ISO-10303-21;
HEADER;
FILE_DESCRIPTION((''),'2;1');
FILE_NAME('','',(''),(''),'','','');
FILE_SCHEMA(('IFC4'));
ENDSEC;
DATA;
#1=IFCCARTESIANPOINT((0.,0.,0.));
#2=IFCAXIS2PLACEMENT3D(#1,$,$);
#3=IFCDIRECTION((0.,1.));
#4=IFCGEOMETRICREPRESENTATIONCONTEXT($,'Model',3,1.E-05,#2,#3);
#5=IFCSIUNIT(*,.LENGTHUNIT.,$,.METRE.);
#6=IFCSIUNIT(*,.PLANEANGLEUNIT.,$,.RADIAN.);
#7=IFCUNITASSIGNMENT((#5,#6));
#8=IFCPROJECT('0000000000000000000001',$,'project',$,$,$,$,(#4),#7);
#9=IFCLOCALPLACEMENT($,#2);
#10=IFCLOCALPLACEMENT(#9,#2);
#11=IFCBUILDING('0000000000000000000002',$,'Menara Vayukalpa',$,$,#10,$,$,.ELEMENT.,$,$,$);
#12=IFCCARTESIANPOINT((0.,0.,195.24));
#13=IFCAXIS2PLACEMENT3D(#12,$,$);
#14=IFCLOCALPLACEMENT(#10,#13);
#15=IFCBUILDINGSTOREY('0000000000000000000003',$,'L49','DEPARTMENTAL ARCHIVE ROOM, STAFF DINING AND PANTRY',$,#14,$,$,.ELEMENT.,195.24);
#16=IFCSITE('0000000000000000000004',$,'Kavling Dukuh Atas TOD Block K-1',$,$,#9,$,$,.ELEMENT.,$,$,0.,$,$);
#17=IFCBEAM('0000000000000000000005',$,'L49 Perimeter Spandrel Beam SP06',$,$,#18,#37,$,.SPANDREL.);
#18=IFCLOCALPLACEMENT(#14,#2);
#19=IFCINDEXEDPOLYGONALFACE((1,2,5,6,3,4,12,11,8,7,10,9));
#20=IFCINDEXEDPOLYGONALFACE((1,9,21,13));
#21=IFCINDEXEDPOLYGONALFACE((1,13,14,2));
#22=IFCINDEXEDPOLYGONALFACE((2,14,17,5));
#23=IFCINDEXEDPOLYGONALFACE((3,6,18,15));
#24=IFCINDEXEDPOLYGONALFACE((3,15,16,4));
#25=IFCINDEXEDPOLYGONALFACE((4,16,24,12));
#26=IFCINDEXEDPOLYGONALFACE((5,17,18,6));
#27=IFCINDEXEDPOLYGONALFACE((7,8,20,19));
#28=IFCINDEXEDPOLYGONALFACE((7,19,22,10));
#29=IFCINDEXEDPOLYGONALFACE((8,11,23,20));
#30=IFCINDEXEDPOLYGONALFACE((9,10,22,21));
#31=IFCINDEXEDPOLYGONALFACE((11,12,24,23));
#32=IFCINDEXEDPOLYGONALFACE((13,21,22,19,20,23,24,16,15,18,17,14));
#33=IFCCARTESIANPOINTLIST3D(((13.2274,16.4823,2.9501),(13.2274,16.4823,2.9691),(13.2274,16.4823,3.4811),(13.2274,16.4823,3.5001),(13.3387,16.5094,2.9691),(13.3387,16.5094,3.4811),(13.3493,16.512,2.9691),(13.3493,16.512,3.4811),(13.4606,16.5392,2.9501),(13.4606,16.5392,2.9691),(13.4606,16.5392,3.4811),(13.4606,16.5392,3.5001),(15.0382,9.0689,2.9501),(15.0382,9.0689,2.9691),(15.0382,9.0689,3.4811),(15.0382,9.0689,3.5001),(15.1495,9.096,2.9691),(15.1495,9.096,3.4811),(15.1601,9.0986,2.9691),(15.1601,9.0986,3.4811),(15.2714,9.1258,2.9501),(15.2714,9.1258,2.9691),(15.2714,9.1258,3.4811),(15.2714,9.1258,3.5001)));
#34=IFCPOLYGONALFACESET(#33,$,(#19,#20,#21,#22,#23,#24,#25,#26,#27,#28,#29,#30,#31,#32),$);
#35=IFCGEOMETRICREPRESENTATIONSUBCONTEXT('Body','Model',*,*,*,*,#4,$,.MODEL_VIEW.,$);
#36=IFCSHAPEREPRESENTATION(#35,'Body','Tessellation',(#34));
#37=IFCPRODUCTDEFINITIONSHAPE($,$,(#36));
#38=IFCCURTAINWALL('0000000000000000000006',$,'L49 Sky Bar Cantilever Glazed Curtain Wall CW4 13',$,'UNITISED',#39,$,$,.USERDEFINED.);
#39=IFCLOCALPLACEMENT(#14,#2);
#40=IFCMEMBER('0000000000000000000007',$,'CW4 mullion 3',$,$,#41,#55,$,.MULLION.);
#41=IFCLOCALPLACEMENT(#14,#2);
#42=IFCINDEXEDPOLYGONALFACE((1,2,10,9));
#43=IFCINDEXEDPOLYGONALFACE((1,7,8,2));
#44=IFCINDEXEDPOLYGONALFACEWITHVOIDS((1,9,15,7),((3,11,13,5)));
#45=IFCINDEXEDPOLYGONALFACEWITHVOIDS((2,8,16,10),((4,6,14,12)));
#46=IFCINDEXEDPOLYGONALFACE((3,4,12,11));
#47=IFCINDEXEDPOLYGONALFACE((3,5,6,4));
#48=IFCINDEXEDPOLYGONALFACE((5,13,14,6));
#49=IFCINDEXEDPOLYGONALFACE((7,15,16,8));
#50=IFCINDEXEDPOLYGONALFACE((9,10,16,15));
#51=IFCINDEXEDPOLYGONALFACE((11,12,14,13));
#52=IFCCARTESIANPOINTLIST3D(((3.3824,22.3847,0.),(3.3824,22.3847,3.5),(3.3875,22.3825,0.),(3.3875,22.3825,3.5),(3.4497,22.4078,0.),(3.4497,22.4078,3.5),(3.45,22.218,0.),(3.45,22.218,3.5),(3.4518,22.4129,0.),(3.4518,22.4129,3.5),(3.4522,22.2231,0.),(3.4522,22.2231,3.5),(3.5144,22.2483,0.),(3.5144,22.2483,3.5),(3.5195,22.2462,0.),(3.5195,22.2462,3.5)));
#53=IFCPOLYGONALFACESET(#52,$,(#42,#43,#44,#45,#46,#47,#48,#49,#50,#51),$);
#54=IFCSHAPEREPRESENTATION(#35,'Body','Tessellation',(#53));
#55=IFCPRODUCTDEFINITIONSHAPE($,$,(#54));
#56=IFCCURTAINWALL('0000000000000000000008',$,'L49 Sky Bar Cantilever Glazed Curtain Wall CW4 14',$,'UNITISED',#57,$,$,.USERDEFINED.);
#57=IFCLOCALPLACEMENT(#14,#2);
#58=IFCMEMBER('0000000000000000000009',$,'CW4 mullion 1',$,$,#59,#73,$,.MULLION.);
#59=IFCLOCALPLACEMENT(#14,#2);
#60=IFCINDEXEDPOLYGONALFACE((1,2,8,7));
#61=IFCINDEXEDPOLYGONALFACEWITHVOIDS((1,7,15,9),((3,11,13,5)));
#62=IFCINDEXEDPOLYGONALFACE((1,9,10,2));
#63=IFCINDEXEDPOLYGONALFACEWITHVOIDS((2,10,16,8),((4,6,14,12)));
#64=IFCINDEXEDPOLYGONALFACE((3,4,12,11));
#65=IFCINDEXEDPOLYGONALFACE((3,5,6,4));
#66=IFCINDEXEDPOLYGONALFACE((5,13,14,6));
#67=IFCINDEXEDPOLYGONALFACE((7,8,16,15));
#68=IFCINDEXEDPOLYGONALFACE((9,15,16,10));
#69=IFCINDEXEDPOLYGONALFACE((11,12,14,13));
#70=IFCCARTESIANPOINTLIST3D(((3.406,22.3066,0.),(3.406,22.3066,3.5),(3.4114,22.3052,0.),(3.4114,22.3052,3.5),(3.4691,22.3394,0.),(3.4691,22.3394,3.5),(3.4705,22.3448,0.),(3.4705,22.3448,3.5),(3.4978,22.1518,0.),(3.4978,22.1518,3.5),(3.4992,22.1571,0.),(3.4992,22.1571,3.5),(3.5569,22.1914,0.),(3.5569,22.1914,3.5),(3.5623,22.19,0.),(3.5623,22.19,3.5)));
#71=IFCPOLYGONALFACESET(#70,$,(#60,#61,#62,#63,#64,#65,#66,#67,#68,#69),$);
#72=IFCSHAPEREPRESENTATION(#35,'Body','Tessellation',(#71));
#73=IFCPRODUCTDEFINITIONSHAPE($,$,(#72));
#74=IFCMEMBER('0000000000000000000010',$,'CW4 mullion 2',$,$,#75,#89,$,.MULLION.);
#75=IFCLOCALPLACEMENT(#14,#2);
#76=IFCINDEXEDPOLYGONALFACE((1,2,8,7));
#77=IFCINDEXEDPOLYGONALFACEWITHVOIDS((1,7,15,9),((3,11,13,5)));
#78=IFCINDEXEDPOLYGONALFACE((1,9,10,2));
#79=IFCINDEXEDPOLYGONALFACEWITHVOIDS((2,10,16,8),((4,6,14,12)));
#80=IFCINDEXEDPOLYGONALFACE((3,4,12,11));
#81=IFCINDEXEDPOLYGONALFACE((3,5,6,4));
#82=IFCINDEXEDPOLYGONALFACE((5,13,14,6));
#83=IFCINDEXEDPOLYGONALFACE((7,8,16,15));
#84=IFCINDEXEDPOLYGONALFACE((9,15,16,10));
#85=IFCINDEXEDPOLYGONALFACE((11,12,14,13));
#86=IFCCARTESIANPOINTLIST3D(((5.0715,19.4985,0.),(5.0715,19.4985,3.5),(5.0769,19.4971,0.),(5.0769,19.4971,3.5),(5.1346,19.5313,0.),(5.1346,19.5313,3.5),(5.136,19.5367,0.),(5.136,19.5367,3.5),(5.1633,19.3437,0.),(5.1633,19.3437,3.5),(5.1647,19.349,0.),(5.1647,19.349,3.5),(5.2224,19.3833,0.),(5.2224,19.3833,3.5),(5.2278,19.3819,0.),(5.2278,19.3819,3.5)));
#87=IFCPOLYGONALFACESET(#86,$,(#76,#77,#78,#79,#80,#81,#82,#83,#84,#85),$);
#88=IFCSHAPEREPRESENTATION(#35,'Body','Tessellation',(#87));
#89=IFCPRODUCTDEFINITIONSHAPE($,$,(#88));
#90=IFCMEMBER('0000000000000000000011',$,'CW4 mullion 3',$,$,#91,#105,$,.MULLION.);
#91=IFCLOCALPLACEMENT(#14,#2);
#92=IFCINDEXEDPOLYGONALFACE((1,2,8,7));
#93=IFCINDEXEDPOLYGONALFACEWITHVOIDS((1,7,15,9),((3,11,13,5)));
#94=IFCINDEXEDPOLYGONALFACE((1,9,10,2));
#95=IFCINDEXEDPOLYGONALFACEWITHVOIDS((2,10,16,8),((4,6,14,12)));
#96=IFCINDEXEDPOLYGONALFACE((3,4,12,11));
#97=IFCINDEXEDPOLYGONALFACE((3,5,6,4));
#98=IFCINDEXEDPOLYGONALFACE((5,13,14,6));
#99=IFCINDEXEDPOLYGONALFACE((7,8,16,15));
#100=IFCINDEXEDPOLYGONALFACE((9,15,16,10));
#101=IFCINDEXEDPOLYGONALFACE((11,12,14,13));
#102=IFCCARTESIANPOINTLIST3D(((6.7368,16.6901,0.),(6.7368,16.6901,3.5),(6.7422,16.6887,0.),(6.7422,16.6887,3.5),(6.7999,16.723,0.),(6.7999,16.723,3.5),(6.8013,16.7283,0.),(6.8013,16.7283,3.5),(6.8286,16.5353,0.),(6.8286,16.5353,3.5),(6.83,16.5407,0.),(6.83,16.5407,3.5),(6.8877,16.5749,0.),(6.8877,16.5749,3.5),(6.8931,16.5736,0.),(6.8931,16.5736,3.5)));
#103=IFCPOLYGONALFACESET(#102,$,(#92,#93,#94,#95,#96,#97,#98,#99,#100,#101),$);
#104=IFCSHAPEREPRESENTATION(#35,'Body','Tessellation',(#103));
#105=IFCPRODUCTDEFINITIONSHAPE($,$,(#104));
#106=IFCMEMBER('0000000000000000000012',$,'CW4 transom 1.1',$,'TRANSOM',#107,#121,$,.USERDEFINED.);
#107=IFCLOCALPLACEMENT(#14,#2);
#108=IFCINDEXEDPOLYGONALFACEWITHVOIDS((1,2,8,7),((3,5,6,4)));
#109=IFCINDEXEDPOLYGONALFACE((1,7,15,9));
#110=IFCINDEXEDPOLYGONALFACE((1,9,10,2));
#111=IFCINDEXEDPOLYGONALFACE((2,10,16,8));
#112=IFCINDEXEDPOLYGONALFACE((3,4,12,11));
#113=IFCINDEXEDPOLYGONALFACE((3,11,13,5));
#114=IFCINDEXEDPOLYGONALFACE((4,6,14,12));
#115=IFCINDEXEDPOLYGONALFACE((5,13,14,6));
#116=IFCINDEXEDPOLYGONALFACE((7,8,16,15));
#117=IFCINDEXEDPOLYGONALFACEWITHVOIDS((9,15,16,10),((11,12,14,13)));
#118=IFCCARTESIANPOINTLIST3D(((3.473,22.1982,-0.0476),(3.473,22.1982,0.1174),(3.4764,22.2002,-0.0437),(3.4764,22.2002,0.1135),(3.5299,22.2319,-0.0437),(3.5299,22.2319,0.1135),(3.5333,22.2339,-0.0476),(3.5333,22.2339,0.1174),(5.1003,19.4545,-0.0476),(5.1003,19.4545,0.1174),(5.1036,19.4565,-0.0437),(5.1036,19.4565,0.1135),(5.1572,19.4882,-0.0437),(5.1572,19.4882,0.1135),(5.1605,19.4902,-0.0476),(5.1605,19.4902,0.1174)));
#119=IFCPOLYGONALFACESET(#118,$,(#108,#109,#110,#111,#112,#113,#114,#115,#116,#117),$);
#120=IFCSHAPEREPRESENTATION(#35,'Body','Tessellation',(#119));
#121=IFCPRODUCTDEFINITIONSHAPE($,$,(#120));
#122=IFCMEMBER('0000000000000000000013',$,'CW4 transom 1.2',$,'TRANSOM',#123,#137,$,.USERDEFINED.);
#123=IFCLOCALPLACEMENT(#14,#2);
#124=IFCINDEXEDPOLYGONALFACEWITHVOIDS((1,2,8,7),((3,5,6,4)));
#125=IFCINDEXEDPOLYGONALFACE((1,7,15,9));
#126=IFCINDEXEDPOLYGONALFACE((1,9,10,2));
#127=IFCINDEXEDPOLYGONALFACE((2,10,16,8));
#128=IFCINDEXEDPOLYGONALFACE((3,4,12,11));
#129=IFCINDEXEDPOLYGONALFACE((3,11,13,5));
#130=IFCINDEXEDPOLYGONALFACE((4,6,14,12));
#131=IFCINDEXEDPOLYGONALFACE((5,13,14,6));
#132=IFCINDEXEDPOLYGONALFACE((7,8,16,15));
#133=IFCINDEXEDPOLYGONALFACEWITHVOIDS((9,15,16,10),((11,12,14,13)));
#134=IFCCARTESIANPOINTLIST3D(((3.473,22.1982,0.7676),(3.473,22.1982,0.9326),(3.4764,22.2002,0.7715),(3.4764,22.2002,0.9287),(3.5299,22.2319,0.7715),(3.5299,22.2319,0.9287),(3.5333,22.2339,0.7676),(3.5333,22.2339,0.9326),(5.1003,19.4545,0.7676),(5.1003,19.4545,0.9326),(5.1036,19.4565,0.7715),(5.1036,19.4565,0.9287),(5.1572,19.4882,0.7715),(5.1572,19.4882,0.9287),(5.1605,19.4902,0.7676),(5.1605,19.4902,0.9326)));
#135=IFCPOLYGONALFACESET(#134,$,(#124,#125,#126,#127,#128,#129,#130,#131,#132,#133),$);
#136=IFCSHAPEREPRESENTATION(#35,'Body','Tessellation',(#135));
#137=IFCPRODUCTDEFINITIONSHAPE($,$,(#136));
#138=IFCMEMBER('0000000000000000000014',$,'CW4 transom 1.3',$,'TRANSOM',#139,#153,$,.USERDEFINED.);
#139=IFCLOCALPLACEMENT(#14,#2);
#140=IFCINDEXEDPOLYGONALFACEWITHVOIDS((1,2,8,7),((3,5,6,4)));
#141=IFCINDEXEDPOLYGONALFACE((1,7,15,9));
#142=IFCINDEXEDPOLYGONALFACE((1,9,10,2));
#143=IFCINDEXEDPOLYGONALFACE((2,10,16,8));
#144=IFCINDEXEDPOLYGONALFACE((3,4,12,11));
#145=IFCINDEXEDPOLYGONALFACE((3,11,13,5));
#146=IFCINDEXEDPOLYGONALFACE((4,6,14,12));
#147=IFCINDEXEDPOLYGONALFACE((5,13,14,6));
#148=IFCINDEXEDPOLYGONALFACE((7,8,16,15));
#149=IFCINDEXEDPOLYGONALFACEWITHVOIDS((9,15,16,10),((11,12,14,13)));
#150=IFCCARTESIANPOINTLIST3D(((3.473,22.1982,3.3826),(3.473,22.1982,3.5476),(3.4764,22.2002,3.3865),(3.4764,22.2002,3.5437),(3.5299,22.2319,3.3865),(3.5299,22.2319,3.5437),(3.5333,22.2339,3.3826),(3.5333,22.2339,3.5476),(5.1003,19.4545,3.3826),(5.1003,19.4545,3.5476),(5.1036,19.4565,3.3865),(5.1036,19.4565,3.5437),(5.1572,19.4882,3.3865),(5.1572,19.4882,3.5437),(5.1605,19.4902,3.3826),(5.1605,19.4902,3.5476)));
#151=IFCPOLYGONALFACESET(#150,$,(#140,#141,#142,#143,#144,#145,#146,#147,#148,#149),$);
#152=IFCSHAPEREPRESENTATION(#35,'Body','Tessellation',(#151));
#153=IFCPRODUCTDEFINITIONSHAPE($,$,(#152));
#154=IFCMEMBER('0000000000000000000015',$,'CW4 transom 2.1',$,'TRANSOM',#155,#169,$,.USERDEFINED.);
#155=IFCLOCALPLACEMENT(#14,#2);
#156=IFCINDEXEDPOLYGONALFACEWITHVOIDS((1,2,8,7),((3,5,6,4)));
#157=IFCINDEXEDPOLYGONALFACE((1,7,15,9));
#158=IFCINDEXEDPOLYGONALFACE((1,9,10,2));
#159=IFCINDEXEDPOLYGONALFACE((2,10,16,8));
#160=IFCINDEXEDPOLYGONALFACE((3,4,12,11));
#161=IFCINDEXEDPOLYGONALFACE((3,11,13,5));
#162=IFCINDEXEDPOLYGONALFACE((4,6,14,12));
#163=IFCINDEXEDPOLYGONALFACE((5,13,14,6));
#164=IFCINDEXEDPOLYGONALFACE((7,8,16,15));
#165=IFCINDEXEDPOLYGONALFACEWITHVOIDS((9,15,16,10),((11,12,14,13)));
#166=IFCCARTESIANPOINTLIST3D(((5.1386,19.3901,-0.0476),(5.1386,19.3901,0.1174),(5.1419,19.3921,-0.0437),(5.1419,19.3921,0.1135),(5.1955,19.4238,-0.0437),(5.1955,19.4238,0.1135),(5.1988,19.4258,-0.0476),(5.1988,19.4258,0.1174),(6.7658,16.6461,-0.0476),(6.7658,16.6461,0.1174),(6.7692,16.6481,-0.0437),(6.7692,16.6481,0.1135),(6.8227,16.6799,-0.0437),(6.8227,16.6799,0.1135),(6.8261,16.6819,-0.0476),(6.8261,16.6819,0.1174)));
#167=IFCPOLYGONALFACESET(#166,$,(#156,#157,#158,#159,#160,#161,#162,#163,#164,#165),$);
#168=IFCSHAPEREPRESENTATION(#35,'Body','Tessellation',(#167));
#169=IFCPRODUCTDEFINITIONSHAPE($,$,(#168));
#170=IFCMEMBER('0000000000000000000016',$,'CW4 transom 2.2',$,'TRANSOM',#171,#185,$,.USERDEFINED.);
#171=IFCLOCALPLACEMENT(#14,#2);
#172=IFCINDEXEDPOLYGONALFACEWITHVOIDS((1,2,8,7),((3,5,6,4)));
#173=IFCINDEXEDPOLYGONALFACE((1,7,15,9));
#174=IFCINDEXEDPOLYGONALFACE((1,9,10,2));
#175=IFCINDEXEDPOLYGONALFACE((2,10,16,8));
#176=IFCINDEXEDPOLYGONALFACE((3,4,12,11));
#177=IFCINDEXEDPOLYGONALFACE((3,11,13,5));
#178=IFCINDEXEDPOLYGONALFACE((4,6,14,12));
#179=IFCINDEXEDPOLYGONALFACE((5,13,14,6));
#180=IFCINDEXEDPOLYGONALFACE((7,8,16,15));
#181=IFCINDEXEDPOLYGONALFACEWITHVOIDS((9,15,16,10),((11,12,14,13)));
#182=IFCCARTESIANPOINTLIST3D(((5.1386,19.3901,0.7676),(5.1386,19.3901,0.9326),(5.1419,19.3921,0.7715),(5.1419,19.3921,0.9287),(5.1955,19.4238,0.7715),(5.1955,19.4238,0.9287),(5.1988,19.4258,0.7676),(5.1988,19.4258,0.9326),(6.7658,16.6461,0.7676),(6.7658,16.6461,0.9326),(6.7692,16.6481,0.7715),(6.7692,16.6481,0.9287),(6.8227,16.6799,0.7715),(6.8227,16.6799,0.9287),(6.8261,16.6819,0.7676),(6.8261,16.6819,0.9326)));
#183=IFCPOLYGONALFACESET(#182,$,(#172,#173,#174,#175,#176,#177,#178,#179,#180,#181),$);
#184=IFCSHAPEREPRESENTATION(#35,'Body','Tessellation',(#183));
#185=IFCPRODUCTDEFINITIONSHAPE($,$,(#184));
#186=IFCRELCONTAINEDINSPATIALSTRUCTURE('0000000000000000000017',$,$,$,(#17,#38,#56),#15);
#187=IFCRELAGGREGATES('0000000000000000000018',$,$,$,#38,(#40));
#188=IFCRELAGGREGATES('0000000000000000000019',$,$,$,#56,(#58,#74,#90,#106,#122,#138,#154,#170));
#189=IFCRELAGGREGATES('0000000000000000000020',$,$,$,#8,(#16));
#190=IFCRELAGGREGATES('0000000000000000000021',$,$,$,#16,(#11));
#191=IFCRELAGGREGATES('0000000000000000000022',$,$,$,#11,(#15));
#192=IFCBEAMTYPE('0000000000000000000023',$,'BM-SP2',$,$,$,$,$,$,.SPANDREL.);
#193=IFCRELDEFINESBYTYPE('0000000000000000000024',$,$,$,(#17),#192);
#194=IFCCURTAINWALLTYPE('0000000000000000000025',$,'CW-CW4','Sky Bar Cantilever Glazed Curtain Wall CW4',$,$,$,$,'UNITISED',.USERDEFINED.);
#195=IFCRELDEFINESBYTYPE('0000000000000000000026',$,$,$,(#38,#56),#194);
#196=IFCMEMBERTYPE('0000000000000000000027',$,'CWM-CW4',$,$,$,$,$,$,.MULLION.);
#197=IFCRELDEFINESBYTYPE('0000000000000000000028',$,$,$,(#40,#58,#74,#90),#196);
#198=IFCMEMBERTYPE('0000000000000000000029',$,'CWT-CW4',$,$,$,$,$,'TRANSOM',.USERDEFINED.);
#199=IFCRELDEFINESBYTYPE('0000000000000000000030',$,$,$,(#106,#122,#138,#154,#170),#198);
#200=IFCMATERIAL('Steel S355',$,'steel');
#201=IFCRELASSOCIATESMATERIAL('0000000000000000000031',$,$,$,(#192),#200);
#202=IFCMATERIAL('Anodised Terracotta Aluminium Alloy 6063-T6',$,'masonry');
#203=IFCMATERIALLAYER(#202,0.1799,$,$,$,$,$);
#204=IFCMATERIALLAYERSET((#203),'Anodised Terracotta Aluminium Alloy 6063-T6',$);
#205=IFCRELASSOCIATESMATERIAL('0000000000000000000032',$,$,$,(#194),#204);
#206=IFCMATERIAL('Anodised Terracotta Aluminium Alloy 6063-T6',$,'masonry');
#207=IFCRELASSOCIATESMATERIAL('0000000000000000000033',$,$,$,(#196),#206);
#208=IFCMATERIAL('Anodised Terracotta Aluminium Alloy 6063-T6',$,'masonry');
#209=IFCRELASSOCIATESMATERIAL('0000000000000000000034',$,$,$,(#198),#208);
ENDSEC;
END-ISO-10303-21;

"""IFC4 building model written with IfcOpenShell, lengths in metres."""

from ifc_helpers import new_model, si_unit, direction, frame, origin, origin_2d, place, context, subcontext, project, spatial, hollow_rectangle, i_section, extrude, material, layer, layer_set, material_profile, profile_set, type_object, element, aggregate, save


model = new_model("IFC4")

# Units and contexts
model_context = context("Model", 3, precision=1e-05, world=origin(), true_north=direction((0.0, 1.0)))
body_context = subcontext(model_context, "Body", "Model", "MODEL_VIEW")
ifc_project = project(units=[si_unit("LENGTHUNIT", "METRE"), si_unit("PLANEANGLEUNIT", "RADIAN")], contexts=[model_context])

# Site, building, storey
site_placement = place(None, origin())
site = spatial("IfcSite", under=ifc_project, at=site_placement, Name="Kavling Dukuh Atas TOD Block K-1", CompositionType="ELEMENT", RefElevation=0.0)
building_placement = place(site_placement, origin())
building = spatial("IfcBuilding", under=site, at=building_placement, Name="Menara Vayukalpa", CompositionType="ELEMENT")
storey_placement = place(building_placement, frame((0.0, 0.0, 195.24)))
storey = spatial("IfcBuildingStorey", under=building, at=storey_placement, Name="L49", Description="DEPARTMENTAL ARCHIVE ROOM, STAFF DINING AND PANTRY", CompositionType="ELEMENT", Elevation=195.24)

# Beam
ifc_material_1 = material(Name="Steel S355", Category="steel")
ifc_material_profile_1 = material_profile(ifc_material_1, i_section(OverallWidth=0.24, OverallDepth=0.55, WebThickness=0.011, FlangeThickness=0.019, at=origin_2d()), Name="WF 550x240x11x19")
ifc_profile_set_1 = profile_set([ifc_material_profile_1], Name="Steel S355")
beam_type_1 = type_object("IfcBeamType", Name="BM-SP2", PredefinedType="SPANDREL", material=ifc_profile_set_1)
beam_1_placement = place(storey_placement, frame((13.344, 16.5107, 3.2251), z_axis=(0.237285, -0.97144, 0.0), x_axis=(0.97144, 0.237285, 0.0)))
element("IfcBeam", 1, at=beam_1_placement, inside=storey, type_object=beam_type_1, Name="L49 Perimeter Spandrel Beam SP06", PredefinedType="SPANDREL", context=body_context, shape_type="SweptSolid", body=[
    extrude(i_section(OverallWidth=0.24, OverallDepth=0.55, WebThickness=0.011, FlangeThickness=0.019, at=origin_2d()), origin(), (0.0, 0.0, 1.0), 7.6313),
])

# Curtain wall, member
ifc_material_2 = material(Name="Anodised Terracotta Aluminium Alloy 6063-T6", Category="masonry")
ifc_layer_1 = layer(ifc_material_2, 0.1799)
ifc_layer_set_1 = layer_set([ifc_layer_1], Name="Anodised Terracotta Aluminium Alloy 6063-T6")
curtain_wall_type = type_object("IfcCurtainWallType", Name="CW-CW4", Description="Sky Bar Cantilever Glazed Curtain Wall CW4", ElementType="UNITISED", PredefinedType="USERDEFINED", material=ifc_layer_set_1)
curtain_wall_1_placement = place(storey_placement, origin())
curtain_wall_1 = element("IfcCurtainWall", 2, at=curtain_wall_1_placement, inside=storey, type_object=curtain_wall_type, Name="L49 Sky Bar Cantilever Glazed Curtain Wall CW4 13", ObjectType="UNITISED", PredefinedType="USERDEFINED")
ifc_material_3 = material(Name="Anodised Terracotta Aluminium Alloy 6063-T6", Category="masonry")
ifc_material_profile_2 = material_profile(ifc_material_3, hollow_rectangle(XDim=0.075, YDim=0.1799, WallThickness=0.0039, at=origin_2d()), Name="ALU 75x180x4")
ifc_profile_set_2 = profile_set([ifc_material_profile_2], Name="Anodised Terracotta Aluminium Alloy 6063-T6")
member_type_1 = type_object("IfcMemberType", Name="CWM-CW4", PredefinedType="MULLION", material=ifc_profile_set_2)
member_1_placement = place(storey_placement, frame((3.4509, 22.3154, 0.0), z_axis=(0.0, 0.0, 1.0), x_axis=(0.926582, 0.376092, 0.0)))
member_1 = element("IfcMember", 3, at=member_1_placement, type_object=member_type_1, Name="CW4 mullion 3", PredefinedType="MULLION", context=body_context, shape_type="SweptSolid", body=[
    extrude(hollow_rectangle(XDim=0.075, YDim=0.1799, WallThickness=0.0039, at=origin_2d()), origin(), (0.0, 0.0, 1.0), 3.5),
])
aggregate(curtain_wall_1, [member_1])

# Curtain wall, members
curtain_wall_2_placement = place(storey_placement, origin())
curtain_wall_2 = element("IfcCurtainWall", 4, at=curtain_wall_2_placement, inside=storey, type_object=curtain_wall_type, Name="L49 Sky Bar Cantilever Glazed Curtain Wall CW4 14", ObjectType="UNITISED", PredefinedType="USERDEFINED")
member_2_placement = place(storey_placement, frame((3.4841, 22.2483, 0.0), z_axis=(0.0, 0.0, 1.0), x_axis=(0.86012, 0.510092, 0.0)))
member_2 = element("IfcMember", 5, at=member_2_placement, type_object=member_type_1, Name="CW4 mullion 1", PredefinedType="MULLION", context=body_context, shape_type="SweptSolid", body=[
    extrude(hollow_rectangle(XDim=0.075, YDim=0.1799, WallThickness=0.0039, at=origin_2d()), origin(), (0.0, 0.0, 1.0), 3.5),
])
member_3_placement = place(storey_placement, frame((5.1497, 19.4402, 0.0), z_axis=(0.0, 0.0, 1.0), x_axis=(0.86012, 0.510092, 0.0)))
member_3 = element("IfcMember", 6, at=member_3_placement, type_object=member_type_1, Name="CW4 mullion 2", PredefinedType="MULLION", context=body_context, shape_type="SweptSolid", body=[
    extrude(hollow_rectangle(XDim=0.075, YDim=0.1799, WallThickness=0.0039, at=origin_2d()), origin(), (0.0, 0.0, 1.0), 3.5),
])
member_4_placement = place(storey_placement, frame((6.8149, 16.6318, 0.0), z_axis=(0.0, 0.0, 1.0), x_axis=(0.86012, 0.510092, 0.0)))
member_4 = element("IfcMember", 7, at=member_4_placement, type_object=member_type_1, Name="CW4 mullion 3", PredefinedType="MULLION", context=body_context, shape_type="SweptSolid", body=[
    extrude(hollow_rectangle(XDim=0.075, YDim=0.1799, WallThickness=0.0039, at=origin_2d()), origin(), (0.0, 0.0, 1.0), 3.5),
])
ifc_material_4 = material(Name="Anodised Terracotta Aluminium Alloy 6063-T6", Category="masonry")
ifc_material_profile_3 = material_profile(ifc_material_4, hollow_rectangle(XDim=0.0701, YDim=0.165, WallThickness=0.0039, at=origin_2d()), Name="ALU 70x165x4")
ifc_profile_set_3 = profile_set([ifc_material_profile_3], Name="Anodised Terracotta Aluminium Alloy 6063-T6")
member_type_2 = type_object("IfcMemberType", Name="CWT-CW4", ElementType="TRANSOM", PredefinedType="USERDEFINED", material=ifc_profile_set_3)
member_5_placement = place(storey_placement, frame((3.5032, 22.2161, 0.0349), z_axis=(0.510111, -0.860109, 0.0), x_axis=(0.860109, 0.510111, 0.0)))
member_5 = element("IfcMember", 8, at=member_5_placement, type_object=member_type_2, Name="CW4 transom 1.1", ObjectType="TRANSOM", PredefinedType="USERDEFINED", context=body_context, shape_type="SweptSolid", body=[
    extrude(hollow_rectangle(XDim=0.0701, YDim=0.165, WallThickness=0.0039, at=origin_2d()), origin(), (0.0, 0.0, 1.0), 3.1899),
])
member_6_placement = place(storey_placement, frame((3.5032, 22.2161, 0.8501), z_axis=(0.510111, -0.860109, 0.0), x_axis=(0.860109, 0.510111, 0.0)))
member_6 = element("IfcMember", 9, at=member_6_placement, type_object=member_type_2, Name="CW4 transom 1.2", ObjectType="TRANSOM", PredefinedType="USERDEFINED", context=body_context, shape_type="SweptSolid", body=[
    extrude(hollow_rectangle(XDim=0.0701, YDim=0.165, WallThickness=0.0039, at=origin_2d()), origin(), (0.0, 0.0, 1.0), 3.1899),
])
member_7_placement = place(storey_placement, frame((3.5032, 22.2161, 3.4651), z_axis=(0.510111, -0.860109, 0.0), x_axis=(0.860109, 0.510111, 0.0)))
member_7 = element("IfcMember", 10, at=member_7_placement, type_object=member_type_2, Name="CW4 transom 1.3", ObjectType="TRANSOM", PredefinedType="USERDEFINED", context=body_context, shape_type="SweptSolid", body=[
    extrude(hollow_rectangle(XDim=0.0701, YDim=0.165, WallThickness=0.0039, at=origin_2d()), origin(), (0.0, 0.0, 1.0), 3.1899),
])
member_8_placement = place(storey_placement, frame((5.1687, 19.408, 0.0349), z_axis=(0.510077, -0.860129, 0.0), x_axis=(0.860129, 0.510077, 0.0)))
member_8 = element("IfcMember", 11, at=member_8_placement, type_object=member_type_2, Name="CW4 transom 2.1", ObjectType="TRANSOM", PredefinedType="USERDEFINED", context=body_context, shape_type="SweptSolid", body=[
    extrude(hollow_rectangle(XDim=0.0701, YDim=0.165, WallThickness=0.0039, at=origin_2d()), origin(), (0.0, 0.0, 1.0), 3.1902),
])
member_9_placement = place(storey_placement, frame((5.1687, 19.408, 0.8501), z_axis=(0.510077, -0.860129, 0.0), x_axis=(0.860129, 0.510077, 0.0)))
member_9 = element("IfcMember", 12, at=member_9_placement, type_object=member_type_2, Name="CW4 transom 2.2", ObjectType="TRANSOM", PredefinedType="USERDEFINED", context=body_context, shape_type="SweptSolid", body=[
    extrude(hollow_rectangle(XDim=0.0701, YDim=0.165, WallThickness=0.0039, at=origin_2d()), origin(), (0.0, 0.0, 1.0), 3.1902),
])
aggregate(curtain_wall_2, [member_2, member_3, member_4, member_5, member_6, member_7, member_8, member_9])

save(model, "model.ifc")
